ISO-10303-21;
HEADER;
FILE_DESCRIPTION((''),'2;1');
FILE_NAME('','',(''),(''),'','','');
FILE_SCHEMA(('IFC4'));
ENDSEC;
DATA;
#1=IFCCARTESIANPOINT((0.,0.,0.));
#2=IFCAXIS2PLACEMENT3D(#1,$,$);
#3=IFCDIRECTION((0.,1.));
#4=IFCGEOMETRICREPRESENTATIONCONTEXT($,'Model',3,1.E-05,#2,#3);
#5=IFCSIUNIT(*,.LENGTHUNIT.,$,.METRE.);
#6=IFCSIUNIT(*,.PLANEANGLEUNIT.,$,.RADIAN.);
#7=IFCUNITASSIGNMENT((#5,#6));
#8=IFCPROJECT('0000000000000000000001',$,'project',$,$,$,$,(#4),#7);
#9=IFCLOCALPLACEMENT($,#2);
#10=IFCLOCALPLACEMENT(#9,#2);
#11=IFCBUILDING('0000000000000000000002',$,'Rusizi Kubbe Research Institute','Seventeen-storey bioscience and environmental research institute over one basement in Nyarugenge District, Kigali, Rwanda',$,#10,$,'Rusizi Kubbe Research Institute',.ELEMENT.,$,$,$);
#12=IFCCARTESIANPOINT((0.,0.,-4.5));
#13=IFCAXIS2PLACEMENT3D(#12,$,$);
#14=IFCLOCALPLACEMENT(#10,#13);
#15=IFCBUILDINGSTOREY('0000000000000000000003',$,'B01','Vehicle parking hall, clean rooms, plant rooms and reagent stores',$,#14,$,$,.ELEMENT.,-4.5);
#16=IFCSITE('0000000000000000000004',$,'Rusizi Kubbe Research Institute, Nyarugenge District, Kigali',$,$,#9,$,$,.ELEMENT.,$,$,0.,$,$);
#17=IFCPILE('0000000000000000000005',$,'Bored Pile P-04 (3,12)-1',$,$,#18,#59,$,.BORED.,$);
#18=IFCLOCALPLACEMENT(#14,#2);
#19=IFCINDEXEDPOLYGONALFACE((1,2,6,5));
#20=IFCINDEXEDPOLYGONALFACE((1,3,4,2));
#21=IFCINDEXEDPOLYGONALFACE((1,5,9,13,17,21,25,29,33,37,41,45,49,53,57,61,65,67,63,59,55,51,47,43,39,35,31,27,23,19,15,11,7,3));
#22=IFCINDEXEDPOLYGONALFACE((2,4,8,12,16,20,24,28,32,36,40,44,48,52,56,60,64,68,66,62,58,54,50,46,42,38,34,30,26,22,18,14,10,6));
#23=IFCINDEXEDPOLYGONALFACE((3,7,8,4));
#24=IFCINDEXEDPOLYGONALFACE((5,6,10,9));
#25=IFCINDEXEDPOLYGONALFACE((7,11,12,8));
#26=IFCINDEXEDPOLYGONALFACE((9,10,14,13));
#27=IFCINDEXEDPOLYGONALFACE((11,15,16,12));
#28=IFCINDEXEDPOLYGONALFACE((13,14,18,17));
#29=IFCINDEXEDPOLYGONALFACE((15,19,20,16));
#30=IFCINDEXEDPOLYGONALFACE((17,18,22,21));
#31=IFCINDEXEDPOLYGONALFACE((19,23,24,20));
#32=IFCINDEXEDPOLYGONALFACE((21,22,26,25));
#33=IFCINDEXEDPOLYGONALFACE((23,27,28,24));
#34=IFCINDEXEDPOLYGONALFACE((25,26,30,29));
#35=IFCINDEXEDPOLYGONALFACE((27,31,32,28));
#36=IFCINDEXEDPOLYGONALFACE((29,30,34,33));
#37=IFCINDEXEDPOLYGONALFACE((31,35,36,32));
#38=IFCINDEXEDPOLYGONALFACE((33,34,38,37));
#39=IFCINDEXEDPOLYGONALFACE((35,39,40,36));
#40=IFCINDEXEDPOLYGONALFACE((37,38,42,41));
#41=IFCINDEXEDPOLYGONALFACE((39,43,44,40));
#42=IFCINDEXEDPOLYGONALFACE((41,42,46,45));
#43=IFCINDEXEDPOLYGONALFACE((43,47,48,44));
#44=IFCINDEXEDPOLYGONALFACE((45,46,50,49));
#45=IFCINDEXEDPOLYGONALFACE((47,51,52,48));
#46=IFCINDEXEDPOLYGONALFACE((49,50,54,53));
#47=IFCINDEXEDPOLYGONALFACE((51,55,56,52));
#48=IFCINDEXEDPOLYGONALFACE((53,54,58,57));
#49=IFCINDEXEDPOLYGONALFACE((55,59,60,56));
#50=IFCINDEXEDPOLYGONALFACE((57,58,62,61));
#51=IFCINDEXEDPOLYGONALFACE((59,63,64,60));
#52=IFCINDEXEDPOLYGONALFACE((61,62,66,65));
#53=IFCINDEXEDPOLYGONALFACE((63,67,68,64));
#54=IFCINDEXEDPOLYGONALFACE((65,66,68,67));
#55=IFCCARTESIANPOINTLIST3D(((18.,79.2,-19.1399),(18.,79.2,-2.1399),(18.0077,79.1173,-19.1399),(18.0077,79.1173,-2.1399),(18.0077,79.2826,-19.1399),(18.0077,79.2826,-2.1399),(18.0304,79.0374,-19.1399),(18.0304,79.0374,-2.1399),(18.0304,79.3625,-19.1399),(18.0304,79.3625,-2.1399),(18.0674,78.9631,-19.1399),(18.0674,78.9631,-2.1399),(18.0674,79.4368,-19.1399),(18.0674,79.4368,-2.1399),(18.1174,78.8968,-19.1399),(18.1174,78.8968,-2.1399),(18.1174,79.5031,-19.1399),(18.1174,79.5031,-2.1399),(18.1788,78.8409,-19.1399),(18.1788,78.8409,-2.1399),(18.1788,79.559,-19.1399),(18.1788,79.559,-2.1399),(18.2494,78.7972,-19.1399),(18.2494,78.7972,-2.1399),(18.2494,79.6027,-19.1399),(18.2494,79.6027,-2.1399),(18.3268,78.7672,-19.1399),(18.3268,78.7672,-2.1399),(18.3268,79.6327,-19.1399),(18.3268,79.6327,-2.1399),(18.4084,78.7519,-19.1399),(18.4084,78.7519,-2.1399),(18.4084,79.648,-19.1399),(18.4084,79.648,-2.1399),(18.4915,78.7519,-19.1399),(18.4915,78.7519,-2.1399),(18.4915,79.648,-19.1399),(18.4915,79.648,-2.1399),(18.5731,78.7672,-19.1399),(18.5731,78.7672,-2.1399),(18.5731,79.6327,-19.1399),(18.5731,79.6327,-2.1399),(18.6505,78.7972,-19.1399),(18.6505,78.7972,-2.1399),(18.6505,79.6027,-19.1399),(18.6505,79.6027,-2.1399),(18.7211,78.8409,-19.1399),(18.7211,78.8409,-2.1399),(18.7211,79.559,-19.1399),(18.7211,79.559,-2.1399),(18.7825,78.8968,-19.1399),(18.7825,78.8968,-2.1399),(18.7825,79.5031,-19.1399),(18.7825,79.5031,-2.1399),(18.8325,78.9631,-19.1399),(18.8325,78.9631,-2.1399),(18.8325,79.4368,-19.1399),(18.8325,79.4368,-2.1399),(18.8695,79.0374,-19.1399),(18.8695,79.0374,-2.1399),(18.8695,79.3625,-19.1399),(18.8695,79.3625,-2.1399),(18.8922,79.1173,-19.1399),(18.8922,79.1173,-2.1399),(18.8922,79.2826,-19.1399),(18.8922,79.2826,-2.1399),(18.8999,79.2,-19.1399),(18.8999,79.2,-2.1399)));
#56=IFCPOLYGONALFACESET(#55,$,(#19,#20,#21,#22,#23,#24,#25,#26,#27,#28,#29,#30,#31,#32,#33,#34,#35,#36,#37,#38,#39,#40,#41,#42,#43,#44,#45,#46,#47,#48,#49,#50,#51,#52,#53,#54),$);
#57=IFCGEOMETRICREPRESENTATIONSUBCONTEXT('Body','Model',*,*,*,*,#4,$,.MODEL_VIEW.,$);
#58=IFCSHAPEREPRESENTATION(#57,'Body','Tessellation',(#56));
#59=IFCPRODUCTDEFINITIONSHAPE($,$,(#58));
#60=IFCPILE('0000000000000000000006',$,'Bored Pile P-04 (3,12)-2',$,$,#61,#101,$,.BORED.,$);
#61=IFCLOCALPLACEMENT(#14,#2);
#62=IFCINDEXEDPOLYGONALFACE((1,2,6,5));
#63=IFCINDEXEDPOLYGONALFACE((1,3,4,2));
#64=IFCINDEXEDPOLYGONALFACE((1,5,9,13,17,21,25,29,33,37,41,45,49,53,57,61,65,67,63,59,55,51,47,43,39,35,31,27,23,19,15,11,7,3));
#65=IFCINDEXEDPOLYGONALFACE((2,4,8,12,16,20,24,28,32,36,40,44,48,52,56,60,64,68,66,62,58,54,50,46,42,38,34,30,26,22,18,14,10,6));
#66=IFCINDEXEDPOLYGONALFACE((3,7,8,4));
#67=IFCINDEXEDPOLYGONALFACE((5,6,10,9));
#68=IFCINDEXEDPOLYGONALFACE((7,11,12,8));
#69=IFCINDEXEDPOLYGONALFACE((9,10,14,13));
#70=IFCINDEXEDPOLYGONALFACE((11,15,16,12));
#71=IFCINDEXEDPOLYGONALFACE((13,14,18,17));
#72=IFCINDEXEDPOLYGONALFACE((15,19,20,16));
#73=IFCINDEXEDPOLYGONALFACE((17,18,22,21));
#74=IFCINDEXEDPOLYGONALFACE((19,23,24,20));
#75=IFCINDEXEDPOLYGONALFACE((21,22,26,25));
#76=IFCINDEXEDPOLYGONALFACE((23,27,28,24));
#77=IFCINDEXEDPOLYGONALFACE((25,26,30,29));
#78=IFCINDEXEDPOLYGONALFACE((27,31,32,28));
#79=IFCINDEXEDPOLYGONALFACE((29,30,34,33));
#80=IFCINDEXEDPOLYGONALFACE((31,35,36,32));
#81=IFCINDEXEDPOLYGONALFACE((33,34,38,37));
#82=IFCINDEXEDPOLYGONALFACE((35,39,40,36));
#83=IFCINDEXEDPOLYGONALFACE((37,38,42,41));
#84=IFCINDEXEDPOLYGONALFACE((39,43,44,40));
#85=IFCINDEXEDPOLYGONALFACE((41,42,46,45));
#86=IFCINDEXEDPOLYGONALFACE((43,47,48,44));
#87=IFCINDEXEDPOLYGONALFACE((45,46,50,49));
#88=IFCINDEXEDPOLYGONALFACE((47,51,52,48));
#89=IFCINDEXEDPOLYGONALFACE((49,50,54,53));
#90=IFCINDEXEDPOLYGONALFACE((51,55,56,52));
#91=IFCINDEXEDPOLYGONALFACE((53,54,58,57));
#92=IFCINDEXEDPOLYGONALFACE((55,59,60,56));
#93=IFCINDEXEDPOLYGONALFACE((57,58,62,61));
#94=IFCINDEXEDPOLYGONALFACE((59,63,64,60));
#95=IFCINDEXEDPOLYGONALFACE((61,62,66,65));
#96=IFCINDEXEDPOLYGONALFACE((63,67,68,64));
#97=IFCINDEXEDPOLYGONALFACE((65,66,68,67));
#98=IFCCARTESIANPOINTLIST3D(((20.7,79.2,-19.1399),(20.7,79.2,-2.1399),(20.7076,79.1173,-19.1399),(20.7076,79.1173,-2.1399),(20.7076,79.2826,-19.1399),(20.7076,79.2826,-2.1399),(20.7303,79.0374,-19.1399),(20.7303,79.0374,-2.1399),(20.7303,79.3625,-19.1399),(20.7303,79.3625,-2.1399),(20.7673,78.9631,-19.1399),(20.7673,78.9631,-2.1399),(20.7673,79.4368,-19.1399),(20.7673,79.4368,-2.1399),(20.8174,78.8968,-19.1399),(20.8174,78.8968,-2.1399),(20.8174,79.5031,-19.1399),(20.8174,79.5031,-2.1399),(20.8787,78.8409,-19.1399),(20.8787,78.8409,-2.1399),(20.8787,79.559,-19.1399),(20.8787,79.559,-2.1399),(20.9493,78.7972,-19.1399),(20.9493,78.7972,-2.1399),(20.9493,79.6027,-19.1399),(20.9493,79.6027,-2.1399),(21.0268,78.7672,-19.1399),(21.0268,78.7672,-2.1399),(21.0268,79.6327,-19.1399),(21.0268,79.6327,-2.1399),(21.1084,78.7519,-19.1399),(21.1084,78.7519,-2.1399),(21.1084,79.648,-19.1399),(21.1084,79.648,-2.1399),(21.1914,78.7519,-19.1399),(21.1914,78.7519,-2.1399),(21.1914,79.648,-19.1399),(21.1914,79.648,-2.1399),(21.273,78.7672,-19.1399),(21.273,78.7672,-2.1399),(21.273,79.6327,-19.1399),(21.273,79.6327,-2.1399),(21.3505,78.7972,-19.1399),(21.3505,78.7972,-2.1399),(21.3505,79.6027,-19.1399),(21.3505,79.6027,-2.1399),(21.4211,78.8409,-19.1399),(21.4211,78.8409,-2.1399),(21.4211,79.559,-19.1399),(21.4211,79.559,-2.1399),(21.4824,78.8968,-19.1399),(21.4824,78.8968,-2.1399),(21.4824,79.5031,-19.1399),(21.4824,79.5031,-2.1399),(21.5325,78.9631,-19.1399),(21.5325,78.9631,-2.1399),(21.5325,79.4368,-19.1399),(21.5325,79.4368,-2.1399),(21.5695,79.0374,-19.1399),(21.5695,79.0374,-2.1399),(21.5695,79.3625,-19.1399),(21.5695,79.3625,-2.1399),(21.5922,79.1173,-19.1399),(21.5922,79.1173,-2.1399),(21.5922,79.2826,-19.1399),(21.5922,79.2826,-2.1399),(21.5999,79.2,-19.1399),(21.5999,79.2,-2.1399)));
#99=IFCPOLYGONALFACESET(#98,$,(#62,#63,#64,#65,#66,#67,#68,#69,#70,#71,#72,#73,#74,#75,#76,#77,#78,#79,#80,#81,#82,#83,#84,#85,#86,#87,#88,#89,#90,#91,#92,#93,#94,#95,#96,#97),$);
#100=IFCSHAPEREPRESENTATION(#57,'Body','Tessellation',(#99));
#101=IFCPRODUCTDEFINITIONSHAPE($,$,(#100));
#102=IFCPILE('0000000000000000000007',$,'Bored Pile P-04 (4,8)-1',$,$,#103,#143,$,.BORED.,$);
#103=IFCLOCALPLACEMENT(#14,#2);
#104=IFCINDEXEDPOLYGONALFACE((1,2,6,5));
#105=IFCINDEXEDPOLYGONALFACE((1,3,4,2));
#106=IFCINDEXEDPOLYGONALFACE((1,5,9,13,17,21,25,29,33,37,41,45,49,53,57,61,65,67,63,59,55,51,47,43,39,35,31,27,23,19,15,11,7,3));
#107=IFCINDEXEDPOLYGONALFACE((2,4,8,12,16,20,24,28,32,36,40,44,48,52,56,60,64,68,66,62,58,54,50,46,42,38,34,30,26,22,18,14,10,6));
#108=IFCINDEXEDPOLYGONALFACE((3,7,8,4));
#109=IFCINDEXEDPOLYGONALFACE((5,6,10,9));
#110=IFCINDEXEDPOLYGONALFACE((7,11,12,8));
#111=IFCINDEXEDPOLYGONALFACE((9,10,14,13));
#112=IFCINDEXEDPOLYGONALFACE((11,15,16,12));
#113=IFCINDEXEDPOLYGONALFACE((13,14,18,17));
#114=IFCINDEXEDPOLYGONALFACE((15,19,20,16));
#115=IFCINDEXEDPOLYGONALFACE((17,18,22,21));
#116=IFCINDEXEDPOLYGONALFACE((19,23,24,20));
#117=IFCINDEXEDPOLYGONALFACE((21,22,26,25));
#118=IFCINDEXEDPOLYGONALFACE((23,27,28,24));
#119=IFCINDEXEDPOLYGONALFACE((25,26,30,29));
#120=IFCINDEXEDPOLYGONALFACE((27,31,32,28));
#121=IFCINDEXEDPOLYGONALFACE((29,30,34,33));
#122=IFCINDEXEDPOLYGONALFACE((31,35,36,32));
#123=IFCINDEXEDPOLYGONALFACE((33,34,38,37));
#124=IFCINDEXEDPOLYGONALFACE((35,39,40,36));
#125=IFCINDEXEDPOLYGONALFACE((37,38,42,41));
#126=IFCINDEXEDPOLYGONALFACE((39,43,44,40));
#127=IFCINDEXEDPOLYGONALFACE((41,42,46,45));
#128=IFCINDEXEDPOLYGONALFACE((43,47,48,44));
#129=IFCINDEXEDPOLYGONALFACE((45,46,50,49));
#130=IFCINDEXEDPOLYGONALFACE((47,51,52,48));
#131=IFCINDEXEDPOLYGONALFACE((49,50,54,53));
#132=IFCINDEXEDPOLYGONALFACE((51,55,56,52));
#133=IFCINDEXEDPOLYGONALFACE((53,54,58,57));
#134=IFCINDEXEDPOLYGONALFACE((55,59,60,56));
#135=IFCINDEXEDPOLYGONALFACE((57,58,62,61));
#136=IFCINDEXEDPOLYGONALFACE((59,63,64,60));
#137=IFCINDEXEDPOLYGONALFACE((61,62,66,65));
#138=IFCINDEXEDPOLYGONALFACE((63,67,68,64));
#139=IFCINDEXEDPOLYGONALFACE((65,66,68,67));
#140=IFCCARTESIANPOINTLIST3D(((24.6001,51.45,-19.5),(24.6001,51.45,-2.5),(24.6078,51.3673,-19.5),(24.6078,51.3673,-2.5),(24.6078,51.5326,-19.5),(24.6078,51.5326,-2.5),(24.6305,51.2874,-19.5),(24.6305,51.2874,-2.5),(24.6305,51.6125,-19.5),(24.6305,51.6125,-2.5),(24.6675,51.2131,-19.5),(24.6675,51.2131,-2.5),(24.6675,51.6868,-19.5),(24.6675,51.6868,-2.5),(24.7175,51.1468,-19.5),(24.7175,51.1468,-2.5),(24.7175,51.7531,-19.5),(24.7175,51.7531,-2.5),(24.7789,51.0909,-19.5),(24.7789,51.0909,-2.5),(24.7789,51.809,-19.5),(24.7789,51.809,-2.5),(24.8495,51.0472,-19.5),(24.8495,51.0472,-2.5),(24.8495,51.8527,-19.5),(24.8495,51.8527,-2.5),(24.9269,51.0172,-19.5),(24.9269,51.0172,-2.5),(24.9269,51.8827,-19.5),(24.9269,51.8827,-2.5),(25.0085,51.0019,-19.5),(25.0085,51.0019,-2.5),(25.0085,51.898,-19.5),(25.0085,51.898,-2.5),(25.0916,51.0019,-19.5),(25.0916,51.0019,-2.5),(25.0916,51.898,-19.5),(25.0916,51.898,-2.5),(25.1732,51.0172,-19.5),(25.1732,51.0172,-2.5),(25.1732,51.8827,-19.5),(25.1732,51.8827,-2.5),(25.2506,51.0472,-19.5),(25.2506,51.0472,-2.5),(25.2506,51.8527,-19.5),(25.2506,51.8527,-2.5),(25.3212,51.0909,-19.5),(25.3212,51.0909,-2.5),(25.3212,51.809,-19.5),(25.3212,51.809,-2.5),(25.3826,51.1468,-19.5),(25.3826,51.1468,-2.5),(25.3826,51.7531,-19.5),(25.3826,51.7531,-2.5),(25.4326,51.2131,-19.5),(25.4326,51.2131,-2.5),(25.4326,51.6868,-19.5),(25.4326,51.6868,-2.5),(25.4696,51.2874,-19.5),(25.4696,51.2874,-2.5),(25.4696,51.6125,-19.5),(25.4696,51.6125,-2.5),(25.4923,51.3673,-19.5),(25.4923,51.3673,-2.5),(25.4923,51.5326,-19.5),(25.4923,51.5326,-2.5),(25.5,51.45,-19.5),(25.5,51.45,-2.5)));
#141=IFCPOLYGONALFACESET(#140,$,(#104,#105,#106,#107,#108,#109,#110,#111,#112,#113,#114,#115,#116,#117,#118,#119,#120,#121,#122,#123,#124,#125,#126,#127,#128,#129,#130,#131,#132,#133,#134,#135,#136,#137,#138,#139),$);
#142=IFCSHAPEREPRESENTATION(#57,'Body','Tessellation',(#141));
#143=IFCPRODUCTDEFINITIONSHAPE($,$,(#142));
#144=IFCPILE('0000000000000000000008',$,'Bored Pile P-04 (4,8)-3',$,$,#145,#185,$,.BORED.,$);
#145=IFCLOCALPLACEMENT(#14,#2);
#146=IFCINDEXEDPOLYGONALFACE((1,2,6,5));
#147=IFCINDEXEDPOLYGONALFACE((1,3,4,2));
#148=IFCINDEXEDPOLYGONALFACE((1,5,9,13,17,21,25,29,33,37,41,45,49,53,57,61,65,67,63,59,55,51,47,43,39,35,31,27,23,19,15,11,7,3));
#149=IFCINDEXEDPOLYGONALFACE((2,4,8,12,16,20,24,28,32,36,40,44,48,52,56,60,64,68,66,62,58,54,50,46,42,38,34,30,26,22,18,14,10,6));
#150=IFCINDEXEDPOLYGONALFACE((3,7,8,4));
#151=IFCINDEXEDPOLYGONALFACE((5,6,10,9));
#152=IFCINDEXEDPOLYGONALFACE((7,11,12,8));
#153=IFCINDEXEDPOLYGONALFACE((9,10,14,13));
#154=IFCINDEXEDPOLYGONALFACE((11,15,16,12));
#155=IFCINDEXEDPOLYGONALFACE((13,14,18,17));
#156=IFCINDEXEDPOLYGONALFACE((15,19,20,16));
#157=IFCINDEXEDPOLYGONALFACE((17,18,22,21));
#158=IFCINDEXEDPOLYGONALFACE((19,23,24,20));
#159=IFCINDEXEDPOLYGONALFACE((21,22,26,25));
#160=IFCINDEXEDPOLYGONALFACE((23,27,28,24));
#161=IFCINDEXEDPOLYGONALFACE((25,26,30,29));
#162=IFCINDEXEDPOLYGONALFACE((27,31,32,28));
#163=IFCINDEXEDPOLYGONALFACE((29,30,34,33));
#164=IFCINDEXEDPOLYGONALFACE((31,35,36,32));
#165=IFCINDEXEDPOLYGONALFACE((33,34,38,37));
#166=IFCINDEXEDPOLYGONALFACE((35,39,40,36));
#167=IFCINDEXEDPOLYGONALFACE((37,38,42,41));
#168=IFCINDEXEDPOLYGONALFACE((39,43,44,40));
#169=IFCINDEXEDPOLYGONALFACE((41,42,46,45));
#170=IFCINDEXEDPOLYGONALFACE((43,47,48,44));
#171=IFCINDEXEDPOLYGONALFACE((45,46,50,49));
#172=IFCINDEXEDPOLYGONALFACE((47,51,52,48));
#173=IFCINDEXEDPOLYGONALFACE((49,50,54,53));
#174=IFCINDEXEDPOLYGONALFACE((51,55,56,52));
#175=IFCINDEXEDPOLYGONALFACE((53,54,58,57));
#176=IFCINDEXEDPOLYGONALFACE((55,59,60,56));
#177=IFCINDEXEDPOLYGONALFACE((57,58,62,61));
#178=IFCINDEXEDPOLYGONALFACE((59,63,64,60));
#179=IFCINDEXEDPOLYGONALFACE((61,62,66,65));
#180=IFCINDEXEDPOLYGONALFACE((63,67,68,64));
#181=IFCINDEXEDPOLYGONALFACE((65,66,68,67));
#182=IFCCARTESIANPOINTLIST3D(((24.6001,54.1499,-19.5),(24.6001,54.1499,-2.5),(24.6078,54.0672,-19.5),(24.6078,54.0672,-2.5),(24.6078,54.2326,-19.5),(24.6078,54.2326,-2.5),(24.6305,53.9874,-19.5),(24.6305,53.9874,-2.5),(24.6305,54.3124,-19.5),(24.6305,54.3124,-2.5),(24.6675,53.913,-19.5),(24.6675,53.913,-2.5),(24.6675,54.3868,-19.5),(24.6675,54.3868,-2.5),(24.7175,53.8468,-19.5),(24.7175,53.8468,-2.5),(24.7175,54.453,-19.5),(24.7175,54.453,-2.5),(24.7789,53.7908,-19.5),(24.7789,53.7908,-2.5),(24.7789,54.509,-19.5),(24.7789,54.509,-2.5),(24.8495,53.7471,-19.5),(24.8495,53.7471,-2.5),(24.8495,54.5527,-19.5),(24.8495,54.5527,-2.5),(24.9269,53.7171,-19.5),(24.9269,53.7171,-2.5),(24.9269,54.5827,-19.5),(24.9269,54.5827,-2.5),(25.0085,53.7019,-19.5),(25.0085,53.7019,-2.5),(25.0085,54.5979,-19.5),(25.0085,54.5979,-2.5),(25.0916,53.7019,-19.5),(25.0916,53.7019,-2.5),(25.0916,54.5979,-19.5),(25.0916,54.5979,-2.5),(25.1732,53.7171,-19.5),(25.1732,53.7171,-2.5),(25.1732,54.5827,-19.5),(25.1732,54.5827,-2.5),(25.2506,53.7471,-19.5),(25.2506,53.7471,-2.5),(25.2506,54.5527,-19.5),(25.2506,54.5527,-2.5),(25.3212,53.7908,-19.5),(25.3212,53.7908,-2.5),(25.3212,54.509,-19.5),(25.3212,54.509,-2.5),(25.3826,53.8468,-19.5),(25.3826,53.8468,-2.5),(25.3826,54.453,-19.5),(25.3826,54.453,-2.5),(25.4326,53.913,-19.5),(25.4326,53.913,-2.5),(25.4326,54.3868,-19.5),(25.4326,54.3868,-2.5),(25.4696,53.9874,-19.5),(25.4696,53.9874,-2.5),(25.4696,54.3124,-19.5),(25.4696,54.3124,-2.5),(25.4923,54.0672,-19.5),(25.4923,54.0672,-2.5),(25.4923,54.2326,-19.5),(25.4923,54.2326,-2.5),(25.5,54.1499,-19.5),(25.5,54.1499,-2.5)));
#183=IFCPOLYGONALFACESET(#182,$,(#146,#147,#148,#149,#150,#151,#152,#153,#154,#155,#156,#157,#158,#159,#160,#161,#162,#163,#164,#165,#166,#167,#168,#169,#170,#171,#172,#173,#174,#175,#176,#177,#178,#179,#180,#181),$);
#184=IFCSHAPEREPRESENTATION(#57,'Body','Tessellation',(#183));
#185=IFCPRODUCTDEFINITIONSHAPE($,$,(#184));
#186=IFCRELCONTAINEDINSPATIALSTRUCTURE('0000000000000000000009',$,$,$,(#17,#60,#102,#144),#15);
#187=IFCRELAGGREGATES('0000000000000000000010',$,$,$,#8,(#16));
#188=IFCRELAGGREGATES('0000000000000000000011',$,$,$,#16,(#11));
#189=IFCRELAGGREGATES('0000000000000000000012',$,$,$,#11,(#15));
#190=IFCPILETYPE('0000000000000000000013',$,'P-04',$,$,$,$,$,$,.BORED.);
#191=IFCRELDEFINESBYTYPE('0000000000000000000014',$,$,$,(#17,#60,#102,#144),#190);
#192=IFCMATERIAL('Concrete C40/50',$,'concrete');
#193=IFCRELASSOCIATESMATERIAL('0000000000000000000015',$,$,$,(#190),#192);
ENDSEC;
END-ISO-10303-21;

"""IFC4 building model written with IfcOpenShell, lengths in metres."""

from ifc_helpers import new_model, si_unit, direction, frame, origin, origin_2d, place, context, subcontext, project, spatial, circle, extrude, material, material_profile, profile_set, type_object, element, save


model = new_model("IFC4")

# Units and contexts
model_context = context("Model", 3, precision=1e-05, world=origin(), true_north=direction((0.0, 1.0)))
body_context = subcontext(model_context, "Body", "Model", "MODEL_VIEW")
ifc_project = project(units=[si_unit("LENGTHUNIT", "METRE"), si_unit("PLANEANGLEUNIT", "RADIAN")], contexts=[model_context])

# Site, building, storey
site_placement = place(None, origin())
site = spatial("IfcSite", under=ifc_project, at=site_placement, Name="Rusizi Kubbe Research Institute, Nyarugenge District, Kigali", CompositionType="ELEMENT", RefElevation=0.0)
building_placement = place(site_placement, origin())
building = spatial("IfcBuilding", under=site, at=building_placement, Name="Rusizi Kubbe Research Institute", Description="Seventeen-storey bioscience and environmental research institute over one basement in Nyarugenge District, Kigali, Rwanda", LongName="Rusizi Kubbe Research Institute", CompositionType="ELEMENT")
storey_placement = place(building_placement, frame((0.0, 0.0, -4.5)))
storey = spatial("IfcBuildingStorey", under=building, at=storey_placement, Name="B01", Description="Vehicle parking hall, clean rooms, plant rooms and reagent stores", CompositionType="ELEMENT", Elevation=-4.5)

# Piles
ifc_material_1 = material(Name="Concrete C40/50", Category="concrete")
ifc_material_profile_1 = material_profile(ifc_material_1, circle(Radius=0.45, at=origin_2d()), Name="PILE-D900")
ifc_profile_set_1 = profile_set([ifc_material_profile_1], Name="Concrete C40/50")
pile_type_1 = type_object("IfcPileType", Name="P-04", PredefinedType="BORED", material=ifc_profile_set_1)
for number, where, z_axis, x_axis, name in (
    (1, (18.45, 79.2, -2.1399), (0.0, 0.0, -1.0), (1.0, 0.0, 0.0), "Bored Pile P-04 (3,12)-1"),
    (2, (21.1499, 79.2, -2.1399), (0.0, 0.0, -1.0), (1.0, 0.0, 0.0), "Bored Pile P-04 (3,12)-2"),
    (3, (25.05, 51.45, -2.5), (0.0, 0.0, -1.0), (1.0, 0.0, 0.0), "Bored Pile P-04 (4,8)-1"),
    (4, (25.05, 54.1499, -2.5), (0.0, 0.0, -1.0), (1.0, 0.0, 0.0), "Bored Pile P-04 (4,8)-3"),
):
    element("IfcPile", number, at=place(storey_placement, frame(where, z_axis=z_axis, x_axis=x_axis)), inside=storey, type_object=pile_type_1, Name=name, PredefinedType="BORED", context=body_context, shape_type="SweptSolid", body=[
        extrude(circle(Radius=0.45, at=origin_2d()), origin(), (0.0, 0.0, 1.0), 17.0),
    ])

save(model, "model.ifc")
